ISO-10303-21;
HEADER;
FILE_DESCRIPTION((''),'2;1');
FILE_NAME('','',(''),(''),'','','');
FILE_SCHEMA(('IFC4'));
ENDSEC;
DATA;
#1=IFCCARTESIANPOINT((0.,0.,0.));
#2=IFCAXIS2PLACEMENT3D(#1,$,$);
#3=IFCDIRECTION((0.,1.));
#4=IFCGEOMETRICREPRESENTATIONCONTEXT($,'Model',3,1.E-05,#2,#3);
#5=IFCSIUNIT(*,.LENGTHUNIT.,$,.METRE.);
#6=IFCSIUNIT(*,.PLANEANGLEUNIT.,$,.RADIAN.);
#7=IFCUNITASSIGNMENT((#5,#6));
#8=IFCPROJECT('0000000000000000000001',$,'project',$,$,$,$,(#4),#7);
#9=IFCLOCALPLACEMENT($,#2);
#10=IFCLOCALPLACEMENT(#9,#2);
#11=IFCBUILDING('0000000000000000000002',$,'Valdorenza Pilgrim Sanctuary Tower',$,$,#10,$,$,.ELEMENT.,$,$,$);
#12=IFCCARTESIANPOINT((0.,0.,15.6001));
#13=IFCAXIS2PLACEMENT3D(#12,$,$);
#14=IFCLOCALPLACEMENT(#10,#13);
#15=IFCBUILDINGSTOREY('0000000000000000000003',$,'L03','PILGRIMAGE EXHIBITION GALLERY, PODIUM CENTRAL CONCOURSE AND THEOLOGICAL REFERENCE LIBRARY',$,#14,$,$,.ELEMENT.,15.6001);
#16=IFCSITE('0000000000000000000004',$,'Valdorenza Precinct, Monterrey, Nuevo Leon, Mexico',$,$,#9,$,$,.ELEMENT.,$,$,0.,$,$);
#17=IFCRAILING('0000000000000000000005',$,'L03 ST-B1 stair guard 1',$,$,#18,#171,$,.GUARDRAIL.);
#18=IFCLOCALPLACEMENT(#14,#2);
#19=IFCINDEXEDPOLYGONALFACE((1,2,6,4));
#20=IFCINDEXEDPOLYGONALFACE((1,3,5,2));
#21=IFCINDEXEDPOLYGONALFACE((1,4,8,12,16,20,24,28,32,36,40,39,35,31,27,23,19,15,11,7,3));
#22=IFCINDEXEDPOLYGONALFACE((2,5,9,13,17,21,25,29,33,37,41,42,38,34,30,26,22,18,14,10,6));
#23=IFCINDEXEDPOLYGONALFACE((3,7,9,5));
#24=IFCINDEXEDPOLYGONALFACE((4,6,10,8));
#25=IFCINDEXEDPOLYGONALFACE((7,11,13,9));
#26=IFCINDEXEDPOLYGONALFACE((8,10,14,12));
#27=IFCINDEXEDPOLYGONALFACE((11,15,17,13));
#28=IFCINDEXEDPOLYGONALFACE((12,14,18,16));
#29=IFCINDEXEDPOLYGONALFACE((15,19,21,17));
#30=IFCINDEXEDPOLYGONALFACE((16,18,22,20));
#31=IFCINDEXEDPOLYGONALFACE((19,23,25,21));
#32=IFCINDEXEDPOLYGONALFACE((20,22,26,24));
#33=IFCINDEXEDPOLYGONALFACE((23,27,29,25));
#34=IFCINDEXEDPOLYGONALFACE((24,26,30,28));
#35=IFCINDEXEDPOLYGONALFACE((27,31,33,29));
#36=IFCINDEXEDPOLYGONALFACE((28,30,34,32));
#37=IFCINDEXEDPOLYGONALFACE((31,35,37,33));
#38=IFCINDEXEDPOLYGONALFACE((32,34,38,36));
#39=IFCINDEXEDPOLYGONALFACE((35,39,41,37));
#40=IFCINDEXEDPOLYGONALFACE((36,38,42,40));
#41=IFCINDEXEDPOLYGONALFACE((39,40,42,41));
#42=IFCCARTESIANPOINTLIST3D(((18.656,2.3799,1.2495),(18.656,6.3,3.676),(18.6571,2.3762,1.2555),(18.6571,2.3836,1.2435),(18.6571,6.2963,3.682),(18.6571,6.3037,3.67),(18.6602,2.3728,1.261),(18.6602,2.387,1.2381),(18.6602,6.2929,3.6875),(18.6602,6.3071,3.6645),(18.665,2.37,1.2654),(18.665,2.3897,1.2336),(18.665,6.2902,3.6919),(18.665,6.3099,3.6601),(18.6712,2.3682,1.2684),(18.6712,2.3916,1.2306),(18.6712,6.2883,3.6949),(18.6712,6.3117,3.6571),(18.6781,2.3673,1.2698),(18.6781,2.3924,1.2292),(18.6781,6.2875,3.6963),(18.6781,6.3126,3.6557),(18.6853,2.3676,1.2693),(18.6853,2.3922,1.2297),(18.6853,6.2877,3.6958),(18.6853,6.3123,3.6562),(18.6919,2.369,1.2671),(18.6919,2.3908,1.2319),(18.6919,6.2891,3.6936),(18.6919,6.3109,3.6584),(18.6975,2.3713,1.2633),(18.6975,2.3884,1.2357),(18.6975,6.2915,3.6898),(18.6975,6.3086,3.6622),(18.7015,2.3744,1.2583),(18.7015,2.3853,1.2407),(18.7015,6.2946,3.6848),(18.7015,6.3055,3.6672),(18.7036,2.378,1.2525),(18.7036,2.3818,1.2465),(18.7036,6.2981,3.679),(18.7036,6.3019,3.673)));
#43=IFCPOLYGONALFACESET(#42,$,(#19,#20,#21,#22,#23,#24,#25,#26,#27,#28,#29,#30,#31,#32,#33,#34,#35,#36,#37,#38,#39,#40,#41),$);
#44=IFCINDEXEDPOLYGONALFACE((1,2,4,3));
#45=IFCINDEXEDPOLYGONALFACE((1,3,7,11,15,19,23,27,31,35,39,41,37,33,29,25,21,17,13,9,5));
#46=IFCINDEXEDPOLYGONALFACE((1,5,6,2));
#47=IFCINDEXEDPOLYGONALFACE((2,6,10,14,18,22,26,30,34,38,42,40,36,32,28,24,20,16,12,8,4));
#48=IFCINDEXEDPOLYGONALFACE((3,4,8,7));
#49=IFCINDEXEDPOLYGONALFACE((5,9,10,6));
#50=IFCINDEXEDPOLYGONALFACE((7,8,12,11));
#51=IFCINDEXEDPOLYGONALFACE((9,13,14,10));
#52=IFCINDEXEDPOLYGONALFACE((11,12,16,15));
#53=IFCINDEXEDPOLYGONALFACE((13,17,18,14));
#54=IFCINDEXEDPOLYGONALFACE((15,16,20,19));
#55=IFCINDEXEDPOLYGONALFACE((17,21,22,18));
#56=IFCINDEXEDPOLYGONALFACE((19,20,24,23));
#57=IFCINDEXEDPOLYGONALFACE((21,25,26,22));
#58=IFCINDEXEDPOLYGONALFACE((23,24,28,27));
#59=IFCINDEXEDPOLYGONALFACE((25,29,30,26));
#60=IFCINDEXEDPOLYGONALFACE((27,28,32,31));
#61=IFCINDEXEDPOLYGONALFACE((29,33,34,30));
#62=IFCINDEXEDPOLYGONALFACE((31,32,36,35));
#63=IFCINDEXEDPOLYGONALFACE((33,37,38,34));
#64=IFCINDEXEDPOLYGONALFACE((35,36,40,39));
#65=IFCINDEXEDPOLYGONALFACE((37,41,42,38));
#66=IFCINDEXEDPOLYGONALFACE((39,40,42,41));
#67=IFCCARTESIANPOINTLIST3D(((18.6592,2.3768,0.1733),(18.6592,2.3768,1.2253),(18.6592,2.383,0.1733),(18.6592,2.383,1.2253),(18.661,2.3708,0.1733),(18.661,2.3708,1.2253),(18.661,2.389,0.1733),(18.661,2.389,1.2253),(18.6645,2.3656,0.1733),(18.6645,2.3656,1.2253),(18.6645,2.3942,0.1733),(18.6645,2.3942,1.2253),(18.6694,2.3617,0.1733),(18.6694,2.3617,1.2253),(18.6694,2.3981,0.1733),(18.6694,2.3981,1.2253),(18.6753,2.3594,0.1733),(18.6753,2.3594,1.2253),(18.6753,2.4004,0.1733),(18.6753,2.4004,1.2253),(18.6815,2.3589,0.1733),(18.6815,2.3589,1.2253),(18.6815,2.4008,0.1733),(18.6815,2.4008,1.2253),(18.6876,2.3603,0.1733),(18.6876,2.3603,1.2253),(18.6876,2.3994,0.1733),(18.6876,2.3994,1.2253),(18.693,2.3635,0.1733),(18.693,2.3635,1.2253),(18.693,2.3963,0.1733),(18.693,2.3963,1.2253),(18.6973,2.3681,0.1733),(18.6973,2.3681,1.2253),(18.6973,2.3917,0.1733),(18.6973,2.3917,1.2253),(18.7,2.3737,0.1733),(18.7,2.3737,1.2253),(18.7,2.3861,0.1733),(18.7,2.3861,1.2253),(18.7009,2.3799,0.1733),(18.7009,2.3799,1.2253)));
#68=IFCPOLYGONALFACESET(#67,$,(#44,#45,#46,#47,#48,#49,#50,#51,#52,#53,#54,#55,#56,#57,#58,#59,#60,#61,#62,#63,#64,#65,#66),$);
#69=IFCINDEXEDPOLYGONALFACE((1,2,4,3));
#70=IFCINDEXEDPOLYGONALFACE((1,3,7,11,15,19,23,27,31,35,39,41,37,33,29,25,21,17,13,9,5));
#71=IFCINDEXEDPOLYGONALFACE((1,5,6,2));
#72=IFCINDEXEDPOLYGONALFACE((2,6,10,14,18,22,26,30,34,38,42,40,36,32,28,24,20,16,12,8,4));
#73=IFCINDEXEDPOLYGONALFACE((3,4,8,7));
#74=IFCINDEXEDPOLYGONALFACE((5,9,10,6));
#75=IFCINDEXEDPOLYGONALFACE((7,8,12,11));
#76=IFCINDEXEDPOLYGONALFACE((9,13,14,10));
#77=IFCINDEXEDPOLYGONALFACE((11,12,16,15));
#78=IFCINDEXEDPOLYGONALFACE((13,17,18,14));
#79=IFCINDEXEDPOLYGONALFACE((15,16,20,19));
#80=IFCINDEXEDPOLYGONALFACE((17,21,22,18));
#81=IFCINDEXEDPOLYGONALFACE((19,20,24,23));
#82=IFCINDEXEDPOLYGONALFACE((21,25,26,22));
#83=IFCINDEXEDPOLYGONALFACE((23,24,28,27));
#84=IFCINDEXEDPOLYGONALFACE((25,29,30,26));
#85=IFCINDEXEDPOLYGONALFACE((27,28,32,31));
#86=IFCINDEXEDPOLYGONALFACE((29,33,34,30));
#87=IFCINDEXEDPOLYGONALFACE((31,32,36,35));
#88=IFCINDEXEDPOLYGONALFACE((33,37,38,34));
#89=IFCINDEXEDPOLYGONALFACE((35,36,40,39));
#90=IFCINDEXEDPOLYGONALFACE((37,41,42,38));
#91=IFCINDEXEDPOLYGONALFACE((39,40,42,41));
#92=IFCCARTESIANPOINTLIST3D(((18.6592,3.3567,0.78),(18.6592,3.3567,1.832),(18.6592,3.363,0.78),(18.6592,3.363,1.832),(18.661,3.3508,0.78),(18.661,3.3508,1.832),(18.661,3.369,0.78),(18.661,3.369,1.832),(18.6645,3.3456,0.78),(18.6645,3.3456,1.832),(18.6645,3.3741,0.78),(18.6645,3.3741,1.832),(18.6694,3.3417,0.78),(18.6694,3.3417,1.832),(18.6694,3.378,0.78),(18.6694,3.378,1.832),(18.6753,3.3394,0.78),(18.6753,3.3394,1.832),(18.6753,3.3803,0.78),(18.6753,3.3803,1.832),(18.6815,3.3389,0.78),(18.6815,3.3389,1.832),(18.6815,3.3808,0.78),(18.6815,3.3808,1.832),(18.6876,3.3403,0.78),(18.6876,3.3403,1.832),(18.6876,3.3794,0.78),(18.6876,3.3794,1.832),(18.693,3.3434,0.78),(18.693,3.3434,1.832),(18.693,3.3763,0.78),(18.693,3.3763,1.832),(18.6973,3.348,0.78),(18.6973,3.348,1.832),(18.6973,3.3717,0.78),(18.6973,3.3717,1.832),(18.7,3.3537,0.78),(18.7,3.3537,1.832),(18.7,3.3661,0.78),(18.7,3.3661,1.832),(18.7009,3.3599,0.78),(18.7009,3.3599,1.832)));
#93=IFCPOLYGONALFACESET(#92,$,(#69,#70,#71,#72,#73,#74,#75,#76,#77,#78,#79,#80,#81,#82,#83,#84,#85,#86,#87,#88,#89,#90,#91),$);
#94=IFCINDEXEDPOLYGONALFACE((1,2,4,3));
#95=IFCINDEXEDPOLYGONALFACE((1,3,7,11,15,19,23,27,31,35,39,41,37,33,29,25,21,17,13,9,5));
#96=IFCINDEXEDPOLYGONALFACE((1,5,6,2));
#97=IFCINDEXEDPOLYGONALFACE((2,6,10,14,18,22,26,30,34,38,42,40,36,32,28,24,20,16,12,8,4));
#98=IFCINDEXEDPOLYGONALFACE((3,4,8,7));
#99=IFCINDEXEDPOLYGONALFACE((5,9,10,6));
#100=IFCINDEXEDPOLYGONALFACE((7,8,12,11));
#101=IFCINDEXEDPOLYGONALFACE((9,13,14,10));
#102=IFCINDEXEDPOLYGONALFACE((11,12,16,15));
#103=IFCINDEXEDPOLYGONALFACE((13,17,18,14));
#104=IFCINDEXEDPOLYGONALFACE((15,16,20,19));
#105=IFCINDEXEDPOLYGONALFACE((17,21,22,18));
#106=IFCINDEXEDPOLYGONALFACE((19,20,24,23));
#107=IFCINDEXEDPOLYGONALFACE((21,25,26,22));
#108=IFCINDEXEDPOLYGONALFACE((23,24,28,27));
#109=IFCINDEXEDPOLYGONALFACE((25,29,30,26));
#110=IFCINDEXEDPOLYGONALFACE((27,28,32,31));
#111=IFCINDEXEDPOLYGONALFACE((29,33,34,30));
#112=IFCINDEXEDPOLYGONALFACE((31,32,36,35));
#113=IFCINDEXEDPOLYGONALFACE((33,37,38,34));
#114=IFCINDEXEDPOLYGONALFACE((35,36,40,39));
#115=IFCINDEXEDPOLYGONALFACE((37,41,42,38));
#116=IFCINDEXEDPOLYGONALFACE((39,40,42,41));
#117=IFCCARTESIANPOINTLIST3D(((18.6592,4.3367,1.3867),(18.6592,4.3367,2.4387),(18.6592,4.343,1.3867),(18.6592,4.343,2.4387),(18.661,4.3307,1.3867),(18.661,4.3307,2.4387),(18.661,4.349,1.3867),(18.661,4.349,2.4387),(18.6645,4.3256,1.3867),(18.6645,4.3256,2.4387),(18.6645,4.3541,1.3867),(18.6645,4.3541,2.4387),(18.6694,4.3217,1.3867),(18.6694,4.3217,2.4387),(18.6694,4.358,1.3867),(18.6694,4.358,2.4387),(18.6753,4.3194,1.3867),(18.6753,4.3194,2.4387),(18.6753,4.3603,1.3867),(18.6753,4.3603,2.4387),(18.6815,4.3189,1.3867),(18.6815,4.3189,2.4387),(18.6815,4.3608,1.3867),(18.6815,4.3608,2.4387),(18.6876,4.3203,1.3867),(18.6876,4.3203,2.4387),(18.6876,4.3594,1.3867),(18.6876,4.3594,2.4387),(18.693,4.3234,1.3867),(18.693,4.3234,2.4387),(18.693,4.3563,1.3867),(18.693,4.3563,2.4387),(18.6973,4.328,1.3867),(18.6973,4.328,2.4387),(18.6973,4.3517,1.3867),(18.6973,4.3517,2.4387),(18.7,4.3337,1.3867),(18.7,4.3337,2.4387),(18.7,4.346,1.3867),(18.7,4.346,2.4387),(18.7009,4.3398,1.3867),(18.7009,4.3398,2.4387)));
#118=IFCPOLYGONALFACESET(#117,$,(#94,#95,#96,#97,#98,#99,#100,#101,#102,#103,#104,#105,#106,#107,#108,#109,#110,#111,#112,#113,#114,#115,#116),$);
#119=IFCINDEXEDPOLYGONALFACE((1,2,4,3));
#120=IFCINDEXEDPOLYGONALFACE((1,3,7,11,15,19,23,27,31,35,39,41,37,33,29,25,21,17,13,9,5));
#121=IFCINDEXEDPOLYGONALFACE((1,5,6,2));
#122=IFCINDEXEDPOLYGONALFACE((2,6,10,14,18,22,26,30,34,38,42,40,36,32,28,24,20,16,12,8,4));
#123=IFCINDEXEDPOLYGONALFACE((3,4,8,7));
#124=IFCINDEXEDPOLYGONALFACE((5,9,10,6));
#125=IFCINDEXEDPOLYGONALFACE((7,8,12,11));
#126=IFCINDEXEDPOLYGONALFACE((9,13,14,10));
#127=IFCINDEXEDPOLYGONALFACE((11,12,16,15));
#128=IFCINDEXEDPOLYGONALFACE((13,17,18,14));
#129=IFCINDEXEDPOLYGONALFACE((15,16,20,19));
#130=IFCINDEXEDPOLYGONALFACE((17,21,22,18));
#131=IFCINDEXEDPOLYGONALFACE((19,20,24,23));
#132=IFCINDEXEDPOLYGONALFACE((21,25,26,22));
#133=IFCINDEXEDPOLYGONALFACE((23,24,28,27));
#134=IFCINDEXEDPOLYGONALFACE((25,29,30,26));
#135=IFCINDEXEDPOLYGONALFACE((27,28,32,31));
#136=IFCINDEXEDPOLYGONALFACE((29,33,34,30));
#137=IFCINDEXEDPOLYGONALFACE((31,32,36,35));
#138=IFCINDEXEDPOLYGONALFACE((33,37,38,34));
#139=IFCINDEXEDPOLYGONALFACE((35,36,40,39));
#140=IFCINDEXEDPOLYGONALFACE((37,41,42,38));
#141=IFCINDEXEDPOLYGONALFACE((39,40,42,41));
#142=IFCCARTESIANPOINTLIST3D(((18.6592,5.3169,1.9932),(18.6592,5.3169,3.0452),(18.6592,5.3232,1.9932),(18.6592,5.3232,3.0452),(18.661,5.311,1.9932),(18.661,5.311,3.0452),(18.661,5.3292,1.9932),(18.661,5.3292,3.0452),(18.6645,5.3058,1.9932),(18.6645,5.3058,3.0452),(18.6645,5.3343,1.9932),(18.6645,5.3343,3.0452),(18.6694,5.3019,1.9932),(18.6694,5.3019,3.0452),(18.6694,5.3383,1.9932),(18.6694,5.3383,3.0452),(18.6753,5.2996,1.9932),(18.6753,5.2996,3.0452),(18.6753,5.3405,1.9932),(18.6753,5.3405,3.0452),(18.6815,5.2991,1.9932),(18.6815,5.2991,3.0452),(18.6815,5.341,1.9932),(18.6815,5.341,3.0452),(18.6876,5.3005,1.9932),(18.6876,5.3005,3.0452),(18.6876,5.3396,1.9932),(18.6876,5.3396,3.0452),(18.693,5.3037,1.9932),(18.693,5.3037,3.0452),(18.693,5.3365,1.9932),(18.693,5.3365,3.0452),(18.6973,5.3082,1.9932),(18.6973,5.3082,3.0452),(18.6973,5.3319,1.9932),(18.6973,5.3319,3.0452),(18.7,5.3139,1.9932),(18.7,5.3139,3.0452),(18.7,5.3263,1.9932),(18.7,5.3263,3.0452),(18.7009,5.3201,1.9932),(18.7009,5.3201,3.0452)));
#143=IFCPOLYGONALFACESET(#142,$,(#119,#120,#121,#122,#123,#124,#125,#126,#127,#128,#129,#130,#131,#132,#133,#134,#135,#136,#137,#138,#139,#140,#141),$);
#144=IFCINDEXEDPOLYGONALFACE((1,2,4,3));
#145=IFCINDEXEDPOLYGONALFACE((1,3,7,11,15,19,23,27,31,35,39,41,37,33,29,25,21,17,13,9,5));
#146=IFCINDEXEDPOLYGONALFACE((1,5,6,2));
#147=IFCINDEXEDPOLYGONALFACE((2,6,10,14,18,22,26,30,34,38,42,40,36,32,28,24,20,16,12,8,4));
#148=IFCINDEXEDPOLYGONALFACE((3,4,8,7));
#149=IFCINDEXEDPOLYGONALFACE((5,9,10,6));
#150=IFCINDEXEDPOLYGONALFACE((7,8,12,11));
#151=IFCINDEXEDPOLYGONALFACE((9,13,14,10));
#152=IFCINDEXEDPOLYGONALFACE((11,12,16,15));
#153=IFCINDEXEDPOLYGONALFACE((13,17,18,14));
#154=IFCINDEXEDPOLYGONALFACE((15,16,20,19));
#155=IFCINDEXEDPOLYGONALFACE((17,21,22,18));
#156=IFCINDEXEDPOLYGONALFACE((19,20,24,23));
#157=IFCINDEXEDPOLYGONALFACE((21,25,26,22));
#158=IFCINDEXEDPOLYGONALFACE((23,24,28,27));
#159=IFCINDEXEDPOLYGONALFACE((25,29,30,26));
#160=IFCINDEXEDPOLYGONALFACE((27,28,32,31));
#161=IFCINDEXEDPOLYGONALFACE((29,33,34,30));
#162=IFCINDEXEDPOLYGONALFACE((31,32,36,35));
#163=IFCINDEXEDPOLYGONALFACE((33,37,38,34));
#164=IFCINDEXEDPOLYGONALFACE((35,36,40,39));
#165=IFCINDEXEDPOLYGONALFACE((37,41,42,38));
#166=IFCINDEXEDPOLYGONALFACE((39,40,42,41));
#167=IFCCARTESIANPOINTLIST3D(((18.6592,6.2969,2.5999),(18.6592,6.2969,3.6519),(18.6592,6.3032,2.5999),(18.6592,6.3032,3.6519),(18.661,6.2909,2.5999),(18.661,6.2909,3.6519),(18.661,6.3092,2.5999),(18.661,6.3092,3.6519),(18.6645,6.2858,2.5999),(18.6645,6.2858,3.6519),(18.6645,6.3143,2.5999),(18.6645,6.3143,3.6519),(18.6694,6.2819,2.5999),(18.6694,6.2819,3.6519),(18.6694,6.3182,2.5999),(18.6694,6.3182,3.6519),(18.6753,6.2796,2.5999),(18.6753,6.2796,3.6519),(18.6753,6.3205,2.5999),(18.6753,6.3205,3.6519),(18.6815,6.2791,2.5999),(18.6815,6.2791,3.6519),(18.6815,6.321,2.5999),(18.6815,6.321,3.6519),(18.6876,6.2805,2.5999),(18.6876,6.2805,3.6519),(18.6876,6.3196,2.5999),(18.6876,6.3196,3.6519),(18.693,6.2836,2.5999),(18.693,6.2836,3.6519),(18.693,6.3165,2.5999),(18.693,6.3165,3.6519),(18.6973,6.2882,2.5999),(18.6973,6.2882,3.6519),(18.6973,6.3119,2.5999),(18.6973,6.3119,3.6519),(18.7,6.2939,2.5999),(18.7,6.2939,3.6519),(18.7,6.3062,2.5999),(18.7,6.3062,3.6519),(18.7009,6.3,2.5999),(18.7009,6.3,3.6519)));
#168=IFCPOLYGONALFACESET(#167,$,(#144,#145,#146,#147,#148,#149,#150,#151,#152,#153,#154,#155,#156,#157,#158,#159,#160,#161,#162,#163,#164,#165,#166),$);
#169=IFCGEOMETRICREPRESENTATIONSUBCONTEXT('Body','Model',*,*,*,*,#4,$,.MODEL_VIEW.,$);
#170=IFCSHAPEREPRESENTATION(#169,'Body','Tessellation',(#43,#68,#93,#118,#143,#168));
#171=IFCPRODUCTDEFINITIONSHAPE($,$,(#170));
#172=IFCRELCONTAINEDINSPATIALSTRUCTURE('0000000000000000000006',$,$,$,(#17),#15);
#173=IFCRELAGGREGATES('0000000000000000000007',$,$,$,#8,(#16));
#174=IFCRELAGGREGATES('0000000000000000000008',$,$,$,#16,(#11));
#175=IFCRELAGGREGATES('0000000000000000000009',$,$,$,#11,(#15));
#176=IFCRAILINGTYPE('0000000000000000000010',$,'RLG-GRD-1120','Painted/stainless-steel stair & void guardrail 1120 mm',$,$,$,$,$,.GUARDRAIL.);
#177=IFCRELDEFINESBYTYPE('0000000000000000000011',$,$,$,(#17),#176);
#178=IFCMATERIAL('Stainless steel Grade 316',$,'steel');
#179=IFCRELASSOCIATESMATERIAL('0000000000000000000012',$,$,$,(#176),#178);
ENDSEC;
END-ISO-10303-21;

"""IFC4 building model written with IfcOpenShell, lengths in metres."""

from ifc_helpers import new_model, si_unit, direction, frame, origin, origin_2d, place, context, subcontext, project, spatial, circle, extrude, material, type_object, element, save


model = new_model("IFC4")

# Units and contexts
model_context = context("Model", 3, precision=1e-05, world=origin(), true_north=direction((0.0, 1.0)))
body_context = subcontext(model_context, "Body", "Model", "MODEL_VIEW")
ifc_project = project(units=[si_unit("LENGTHUNIT", "METRE"), si_unit("PLANEANGLEUNIT", "RADIAN")], contexts=[model_context])

# Site, building, storey
site_placement = place(None, origin())
site = spatial("IfcSite", under=ifc_project, at=site_placement, Name="Valdorenza Precinct, Monterrey, Nuevo Leon, Mexico", CompositionType="ELEMENT", RefElevation=0.0)
building_placement = place(site_placement, origin())
building = spatial("IfcBuilding", under=site, at=building_placement, Name="Valdorenza Pilgrim Sanctuary Tower", CompositionType="ELEMENT")
storey_placement = place(building_placement, frame((0.0, 0.0, 15.6001)))
storey = spatial("IfcBuildingStorey", under=building, at=storey_placement, Name="L03", Description="PILGRIMAGE EXHIBITION GALLERY, PODIUM CENTRAL CONCOURSE AND THEOLOGICAL REFERENCE LIBRARY", CompositionType="ELEMENT", Elevation=15.6001)

# Railing
ifc_material_1 = material(Name="Stainless steel Grade 316", Category="steel")
railing_type_1 = type_object("IfcRailingType", Name="RLG-GRD-1120", Description="Painted/stainless-steel stair & void guardrail 1120 mm", PredefinedType="GUARDRAIL", material=ifc_material_1)
railing_1_placement = place(storey_placement, frame((18.6799, 2.3799, 0.1733)))
element("IfcRailing", 1, at=railing_1_placement, inside=storey, type_object=railing_type_1, Name="L03 ST-B1 stair guard 1", PredefinedType="GUARDRAIL", context=body_context, shape_type="SweptSolid", body=[
    extrude(circle(Radius=0.0239, at=origin_2d()), frame((0.0, 0.0, 1.0762), z_axis=(0.0, 0.85029, 0.526315), x_axis=(-1.0, 0.0, 0.0)), (0.0, 0.0, 1.0), 4.6104),
    extrude(circle(Radius=0.021, at=origin_2d()), origin(), (0.0, 0.0, 1.0), 1.052),
    extrude(circle(Radius=0.021, at=origin_2d()), frame((0.0, 0.98, 0.6067)), (0.0, 0.0, 1.0), 1.052),
    extrude(circle(Radius=0.021, at=origin_2d()), frame((0.0, 1.96, 1.2134)), (0.0, 0.0, 1.0), 1.052),
    extrude(circle(Radius=0.021, at=origin_2d()), frame((0.0, 2.9402, 1.8198)), (0.0, 0.0, 1.0), 1.052),
    extrude(circle(Radius=0.021, at=origin_2d()), frame((0.0, 3.9202, 2.4265)), (0.0, 0.0, 1.0), 1.052),
])

save(model, "model.ifc")
